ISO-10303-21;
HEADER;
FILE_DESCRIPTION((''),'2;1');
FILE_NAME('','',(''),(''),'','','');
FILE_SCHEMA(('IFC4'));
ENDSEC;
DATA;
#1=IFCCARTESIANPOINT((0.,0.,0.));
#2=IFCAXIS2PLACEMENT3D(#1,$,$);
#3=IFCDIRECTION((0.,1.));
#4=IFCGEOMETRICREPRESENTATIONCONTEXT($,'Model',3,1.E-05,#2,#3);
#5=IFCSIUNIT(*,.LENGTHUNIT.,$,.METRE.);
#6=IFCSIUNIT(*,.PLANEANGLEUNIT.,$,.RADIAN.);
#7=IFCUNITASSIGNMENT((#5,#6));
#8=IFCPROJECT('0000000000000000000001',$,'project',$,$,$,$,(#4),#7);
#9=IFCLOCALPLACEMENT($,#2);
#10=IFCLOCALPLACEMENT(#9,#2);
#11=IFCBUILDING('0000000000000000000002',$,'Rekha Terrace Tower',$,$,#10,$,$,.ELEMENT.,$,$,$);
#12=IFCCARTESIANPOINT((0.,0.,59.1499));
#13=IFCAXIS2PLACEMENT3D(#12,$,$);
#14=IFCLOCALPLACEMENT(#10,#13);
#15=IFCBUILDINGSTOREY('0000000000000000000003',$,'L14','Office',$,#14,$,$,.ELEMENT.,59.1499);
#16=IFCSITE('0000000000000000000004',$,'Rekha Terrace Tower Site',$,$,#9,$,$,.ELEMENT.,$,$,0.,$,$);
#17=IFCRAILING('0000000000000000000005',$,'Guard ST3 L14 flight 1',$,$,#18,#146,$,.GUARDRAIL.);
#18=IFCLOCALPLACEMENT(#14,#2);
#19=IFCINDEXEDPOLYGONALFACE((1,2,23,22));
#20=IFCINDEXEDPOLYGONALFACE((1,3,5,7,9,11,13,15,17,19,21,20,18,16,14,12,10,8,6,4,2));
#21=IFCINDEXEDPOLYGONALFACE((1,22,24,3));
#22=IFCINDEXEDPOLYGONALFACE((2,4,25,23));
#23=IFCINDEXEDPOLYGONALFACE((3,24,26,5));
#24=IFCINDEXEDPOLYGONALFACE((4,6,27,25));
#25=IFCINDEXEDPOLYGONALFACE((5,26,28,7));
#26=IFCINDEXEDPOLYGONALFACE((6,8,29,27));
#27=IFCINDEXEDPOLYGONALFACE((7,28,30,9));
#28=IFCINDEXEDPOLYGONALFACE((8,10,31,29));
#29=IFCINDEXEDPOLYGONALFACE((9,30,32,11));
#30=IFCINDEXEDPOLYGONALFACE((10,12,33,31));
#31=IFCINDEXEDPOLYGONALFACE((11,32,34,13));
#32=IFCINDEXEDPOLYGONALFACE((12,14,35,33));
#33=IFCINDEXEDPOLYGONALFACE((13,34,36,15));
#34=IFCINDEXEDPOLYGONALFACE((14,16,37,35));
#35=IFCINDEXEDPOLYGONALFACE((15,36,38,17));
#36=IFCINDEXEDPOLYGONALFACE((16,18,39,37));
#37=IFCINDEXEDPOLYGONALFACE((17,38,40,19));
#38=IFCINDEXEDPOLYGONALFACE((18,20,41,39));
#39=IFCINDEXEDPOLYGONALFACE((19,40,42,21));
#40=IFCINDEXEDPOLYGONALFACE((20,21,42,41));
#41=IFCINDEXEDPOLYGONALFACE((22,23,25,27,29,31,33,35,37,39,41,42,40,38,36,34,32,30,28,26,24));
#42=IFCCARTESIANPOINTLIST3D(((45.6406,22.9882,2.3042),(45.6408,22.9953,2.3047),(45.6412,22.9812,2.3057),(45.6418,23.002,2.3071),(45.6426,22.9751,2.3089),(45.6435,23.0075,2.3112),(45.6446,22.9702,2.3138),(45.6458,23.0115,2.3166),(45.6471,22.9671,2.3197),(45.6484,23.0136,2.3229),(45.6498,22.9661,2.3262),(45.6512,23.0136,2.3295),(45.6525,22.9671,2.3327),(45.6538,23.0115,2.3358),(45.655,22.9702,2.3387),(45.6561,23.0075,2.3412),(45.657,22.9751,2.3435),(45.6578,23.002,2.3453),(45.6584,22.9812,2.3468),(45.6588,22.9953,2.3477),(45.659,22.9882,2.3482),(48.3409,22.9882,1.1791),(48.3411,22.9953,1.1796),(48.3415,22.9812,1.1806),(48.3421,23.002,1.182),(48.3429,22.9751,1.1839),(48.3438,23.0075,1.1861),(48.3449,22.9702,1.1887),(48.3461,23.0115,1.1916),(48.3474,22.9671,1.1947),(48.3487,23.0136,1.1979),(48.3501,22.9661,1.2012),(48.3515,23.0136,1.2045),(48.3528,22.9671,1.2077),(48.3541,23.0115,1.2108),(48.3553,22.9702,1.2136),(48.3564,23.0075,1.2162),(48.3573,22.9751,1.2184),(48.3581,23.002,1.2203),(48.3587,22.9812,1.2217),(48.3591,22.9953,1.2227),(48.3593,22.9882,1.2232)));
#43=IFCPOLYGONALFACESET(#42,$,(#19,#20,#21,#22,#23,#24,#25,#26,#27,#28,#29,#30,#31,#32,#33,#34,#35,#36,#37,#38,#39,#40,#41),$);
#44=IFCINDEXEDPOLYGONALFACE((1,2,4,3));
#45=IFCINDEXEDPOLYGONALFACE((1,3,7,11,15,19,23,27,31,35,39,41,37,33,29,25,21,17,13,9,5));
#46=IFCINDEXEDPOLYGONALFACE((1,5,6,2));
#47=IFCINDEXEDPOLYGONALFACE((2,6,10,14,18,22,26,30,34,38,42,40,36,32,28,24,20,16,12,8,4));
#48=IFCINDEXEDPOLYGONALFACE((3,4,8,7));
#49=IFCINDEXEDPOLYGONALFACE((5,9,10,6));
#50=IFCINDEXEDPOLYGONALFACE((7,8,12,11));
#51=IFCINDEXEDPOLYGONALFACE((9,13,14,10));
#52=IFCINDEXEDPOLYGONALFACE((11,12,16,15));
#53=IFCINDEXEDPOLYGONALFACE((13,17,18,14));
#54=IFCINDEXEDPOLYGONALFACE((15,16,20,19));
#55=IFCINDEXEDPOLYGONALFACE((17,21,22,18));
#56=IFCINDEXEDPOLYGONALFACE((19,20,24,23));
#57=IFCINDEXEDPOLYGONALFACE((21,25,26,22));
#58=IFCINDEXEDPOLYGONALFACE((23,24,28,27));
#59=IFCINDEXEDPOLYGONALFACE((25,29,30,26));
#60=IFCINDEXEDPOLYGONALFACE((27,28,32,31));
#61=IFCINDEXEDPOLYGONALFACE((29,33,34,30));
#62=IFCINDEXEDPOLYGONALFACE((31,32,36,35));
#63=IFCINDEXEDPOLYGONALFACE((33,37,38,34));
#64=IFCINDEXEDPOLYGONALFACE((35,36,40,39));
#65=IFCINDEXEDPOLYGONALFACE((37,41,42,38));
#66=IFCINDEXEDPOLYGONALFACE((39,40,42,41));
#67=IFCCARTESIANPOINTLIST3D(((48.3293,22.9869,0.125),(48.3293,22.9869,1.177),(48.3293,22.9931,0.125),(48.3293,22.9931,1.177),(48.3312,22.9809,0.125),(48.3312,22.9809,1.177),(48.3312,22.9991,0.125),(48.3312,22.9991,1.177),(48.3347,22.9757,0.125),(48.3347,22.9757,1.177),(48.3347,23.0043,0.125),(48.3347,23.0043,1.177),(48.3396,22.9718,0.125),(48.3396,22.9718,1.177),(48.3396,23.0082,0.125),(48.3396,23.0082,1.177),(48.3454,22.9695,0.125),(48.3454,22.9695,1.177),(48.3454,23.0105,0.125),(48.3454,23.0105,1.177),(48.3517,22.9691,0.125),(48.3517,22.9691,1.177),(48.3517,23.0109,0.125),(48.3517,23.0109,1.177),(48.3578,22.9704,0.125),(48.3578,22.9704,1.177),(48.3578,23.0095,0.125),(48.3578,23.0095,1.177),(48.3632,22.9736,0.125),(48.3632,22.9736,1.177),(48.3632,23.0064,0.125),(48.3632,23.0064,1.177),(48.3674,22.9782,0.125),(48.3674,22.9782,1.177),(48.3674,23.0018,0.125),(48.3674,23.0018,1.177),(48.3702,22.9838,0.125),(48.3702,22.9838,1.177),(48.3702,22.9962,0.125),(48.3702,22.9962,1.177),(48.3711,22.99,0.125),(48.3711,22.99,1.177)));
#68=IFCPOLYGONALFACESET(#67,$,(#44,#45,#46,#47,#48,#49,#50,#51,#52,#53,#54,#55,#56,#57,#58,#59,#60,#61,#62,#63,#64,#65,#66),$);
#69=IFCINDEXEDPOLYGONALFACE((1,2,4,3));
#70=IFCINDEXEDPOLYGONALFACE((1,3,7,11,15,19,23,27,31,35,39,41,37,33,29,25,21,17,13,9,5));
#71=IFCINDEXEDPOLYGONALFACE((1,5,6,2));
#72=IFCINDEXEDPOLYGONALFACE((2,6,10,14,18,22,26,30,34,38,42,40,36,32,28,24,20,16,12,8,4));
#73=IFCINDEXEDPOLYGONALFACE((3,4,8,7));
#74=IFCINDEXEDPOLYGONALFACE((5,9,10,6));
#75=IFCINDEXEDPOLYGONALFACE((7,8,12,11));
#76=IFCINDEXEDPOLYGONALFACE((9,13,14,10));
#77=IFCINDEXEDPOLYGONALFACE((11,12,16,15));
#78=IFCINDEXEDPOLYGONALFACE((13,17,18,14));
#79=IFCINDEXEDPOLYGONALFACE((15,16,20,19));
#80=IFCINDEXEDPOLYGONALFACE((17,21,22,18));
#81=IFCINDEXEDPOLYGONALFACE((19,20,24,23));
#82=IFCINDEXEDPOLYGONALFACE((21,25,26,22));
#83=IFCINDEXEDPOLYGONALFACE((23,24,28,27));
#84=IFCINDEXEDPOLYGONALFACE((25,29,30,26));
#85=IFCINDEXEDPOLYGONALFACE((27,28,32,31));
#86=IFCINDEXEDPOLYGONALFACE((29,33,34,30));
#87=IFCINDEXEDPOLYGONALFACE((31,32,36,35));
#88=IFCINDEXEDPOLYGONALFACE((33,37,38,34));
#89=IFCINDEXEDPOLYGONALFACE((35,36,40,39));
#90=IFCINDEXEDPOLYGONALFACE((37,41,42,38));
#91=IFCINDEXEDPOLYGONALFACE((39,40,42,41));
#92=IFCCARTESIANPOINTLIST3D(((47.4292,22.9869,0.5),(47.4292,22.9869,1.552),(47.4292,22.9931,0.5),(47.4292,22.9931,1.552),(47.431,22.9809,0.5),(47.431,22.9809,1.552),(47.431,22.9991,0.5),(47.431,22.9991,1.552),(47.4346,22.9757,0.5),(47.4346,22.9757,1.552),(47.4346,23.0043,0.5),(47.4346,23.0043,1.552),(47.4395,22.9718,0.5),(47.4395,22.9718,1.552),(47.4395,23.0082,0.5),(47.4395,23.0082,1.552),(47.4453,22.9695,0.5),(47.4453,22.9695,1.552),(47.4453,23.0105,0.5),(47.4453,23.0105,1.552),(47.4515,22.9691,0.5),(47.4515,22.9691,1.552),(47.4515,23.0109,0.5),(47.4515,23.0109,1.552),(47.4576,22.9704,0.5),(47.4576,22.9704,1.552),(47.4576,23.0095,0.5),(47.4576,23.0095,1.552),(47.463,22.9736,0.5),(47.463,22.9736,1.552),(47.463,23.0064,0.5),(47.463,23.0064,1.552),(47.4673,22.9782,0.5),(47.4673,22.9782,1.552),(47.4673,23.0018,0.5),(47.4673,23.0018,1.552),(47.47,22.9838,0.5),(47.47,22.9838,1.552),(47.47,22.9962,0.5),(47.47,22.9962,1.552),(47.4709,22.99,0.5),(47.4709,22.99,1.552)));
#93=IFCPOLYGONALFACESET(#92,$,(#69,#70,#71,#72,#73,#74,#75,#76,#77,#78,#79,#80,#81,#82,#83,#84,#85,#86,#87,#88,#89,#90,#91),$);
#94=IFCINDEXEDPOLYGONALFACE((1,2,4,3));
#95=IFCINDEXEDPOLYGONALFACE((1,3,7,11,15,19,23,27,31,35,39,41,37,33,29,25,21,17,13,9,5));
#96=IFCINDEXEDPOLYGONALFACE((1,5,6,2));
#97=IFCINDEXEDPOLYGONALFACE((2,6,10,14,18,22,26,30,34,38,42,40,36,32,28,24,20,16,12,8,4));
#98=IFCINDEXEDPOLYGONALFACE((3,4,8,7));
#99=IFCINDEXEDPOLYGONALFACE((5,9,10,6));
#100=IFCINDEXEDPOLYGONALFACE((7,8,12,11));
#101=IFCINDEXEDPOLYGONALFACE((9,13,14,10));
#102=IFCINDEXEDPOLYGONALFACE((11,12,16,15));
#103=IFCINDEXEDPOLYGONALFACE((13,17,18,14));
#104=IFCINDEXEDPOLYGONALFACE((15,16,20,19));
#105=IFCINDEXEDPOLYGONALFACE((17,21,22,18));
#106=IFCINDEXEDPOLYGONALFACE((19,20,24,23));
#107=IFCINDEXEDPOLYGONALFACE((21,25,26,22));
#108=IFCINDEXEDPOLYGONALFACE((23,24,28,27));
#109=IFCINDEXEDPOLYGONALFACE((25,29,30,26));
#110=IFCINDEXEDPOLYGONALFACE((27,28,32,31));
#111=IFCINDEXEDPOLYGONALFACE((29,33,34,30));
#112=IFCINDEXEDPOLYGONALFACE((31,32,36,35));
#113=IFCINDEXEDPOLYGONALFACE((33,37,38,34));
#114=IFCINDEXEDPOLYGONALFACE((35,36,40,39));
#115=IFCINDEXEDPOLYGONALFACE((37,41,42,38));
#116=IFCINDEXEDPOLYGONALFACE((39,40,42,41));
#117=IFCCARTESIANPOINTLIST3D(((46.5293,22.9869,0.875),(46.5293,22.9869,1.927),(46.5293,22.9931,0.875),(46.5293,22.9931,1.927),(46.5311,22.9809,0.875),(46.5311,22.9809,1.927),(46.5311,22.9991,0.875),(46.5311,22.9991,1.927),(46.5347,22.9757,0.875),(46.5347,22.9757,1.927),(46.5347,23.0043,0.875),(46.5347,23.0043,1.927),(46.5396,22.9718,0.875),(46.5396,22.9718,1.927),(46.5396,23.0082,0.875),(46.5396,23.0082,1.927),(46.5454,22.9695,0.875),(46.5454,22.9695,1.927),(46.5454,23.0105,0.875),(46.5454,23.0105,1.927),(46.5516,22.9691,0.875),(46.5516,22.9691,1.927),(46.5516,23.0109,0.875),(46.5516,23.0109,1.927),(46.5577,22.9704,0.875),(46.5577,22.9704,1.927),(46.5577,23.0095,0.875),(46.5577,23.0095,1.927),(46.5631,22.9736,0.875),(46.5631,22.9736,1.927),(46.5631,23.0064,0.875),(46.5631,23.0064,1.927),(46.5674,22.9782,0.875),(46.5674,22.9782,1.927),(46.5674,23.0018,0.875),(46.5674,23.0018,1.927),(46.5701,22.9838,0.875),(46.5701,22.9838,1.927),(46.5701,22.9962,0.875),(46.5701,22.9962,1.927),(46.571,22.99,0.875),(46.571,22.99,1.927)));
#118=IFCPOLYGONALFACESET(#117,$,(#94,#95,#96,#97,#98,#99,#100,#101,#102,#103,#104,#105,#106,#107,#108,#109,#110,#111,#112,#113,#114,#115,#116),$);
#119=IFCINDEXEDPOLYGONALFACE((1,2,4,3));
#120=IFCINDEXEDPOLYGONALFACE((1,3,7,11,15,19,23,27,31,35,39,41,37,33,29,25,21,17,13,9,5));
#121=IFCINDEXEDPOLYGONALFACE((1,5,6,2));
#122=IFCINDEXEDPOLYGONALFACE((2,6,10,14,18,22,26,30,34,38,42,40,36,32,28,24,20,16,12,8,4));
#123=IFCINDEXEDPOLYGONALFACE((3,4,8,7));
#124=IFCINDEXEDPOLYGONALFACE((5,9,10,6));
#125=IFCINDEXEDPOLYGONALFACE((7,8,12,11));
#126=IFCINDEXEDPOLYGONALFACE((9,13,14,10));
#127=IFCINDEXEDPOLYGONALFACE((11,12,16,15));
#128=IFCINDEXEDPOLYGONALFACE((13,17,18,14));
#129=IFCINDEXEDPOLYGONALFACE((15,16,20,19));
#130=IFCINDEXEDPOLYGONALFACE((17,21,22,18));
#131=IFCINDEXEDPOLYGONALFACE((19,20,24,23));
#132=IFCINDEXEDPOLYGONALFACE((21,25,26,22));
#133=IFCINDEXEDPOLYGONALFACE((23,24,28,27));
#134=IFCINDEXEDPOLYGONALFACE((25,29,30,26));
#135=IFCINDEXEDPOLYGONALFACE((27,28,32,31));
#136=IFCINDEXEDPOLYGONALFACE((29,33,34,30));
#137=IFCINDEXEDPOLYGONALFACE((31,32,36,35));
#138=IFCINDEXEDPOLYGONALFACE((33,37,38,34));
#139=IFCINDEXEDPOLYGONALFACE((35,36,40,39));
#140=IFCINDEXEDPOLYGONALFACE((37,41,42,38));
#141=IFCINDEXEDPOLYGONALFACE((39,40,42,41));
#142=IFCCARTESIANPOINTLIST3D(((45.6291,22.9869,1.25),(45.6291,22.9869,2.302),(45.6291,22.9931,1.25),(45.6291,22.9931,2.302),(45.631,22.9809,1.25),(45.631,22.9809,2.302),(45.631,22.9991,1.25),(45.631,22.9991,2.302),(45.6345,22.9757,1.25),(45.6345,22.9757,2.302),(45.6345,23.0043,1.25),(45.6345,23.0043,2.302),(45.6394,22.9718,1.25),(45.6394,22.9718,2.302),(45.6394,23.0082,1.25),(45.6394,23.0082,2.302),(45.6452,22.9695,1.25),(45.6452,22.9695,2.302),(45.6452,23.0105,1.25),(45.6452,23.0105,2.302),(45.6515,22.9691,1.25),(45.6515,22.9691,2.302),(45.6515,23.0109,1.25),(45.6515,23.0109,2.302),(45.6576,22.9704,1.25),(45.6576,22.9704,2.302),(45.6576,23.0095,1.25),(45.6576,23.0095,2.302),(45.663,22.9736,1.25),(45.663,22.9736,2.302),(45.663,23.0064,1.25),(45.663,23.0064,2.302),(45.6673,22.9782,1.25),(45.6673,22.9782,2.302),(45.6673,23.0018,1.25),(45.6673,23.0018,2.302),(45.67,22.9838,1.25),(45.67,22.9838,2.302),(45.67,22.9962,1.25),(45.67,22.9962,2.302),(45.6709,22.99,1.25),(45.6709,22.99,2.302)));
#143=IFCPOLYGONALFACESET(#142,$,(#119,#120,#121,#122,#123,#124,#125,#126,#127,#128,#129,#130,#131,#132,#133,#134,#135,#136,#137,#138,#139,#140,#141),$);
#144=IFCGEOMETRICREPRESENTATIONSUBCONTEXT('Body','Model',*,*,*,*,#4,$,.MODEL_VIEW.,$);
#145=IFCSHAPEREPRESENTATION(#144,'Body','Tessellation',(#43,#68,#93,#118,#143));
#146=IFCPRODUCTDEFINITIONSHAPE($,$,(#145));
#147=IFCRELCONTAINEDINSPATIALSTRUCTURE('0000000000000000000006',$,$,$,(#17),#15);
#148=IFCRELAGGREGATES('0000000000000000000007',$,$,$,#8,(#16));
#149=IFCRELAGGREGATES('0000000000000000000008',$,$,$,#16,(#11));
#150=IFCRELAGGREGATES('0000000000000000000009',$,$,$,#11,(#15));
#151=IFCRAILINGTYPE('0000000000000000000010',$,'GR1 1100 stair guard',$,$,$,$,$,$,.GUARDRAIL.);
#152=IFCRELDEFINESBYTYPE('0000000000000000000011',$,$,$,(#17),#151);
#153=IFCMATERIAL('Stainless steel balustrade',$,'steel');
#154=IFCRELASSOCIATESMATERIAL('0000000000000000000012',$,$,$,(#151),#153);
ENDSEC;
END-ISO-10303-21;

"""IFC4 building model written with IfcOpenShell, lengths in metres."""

from ifc_helpers import new_model, si_unit, direction, frame, origin, origin_2d, place, context, subcontext, project, spatial, circle, extrude, material, type_object, element, save


model = new_model("IFC4")

# Units and contexts
model_context = context("Model", 3, precision=1e-05, world=origin(), true_north=direction((0.0, 1.0)))
body_context = subcontext(model_context, "Body", "Model", "MODEL_VIEW")
ifc_project = project(units=[si_unit("LENGTHUNIT", "METRE"), si_unit("PLANEANGLEUNIT", "RADIAN")], contexts=[model_context])

# Site, building, storey
site_placement = place(None, origin())
site = spatial("IfcSite", under=ifc_project, at=site_placement, Name="Rekha Terrace Tower Site", CompositionType="ELEMENT", RefElevation=0.0)
building_placement = place(site_placement, origin())
building = spatial("IfcBuilding", under=site, at=building_placement, Name="Rekha Terrace Tower", CompositionType="ELEMENT")
storey_placement = place(building_placement, frame((0.0, 0.0, 59.1499)))
storey = spatial("IfcBuildingStorey", under=building, at=storey_placement, Name="L14", Description="Office", CompositionType="ELEMENT", Elevation=59.1499)

# Railing
ifc_material_1 = material(Name="Stainless steel balustrade", Category="steel")
railing_type_1 = type_object("IfcRailingType", Name="GR1 1100 stair guard", PredefinedType="GUARDRAIL", material=ifc_material_1)
railing_1_placement = place(storey_placement, frame((48.3501, 22.99, 0.125)))
element("IfcRailing", 1, at=railing_1_placement, inside=storey, type_object=railing_type_1, Name="Guard ST3 L14 flight 1", PredefinedType="GUARDRAIL", context=body_context, shape_type="SweptSolid", body=[
    extrude(circle(Radius=0.0239, at=origin_2d()), frame((0.0, 0.0, 1.0762), z_axis=(-0.923087, 0.0, 0.384592), x_axis=(0.0, -1.0, 0.0)), (0.0, 0.0, 1.0), 2.9253),
    extrude(circle(Radius=0.021, at=origin_2d()), origin(), (0.0, 0.0, 1.0), 1.052),
    extrude(circle(Radius=0.021, at=origin_2d()), frame((-0.9001, 0.0, 0.375)), (0.0, 0.0, 1.0), 1.052),
    extrude(circle(Radius=0.021, at=origin_2d()), frame((-1.8, 0.0, 0.75)), (0.0, 0.0, 1.0), 1.052),
    extrude(circle(Radius=0.021, at=origin_2d()), frame((-2.7002, 0.0, 1.125)), (0.0, 0.0, 1.0), 1.052),
])

save(model, "model.ifc")
